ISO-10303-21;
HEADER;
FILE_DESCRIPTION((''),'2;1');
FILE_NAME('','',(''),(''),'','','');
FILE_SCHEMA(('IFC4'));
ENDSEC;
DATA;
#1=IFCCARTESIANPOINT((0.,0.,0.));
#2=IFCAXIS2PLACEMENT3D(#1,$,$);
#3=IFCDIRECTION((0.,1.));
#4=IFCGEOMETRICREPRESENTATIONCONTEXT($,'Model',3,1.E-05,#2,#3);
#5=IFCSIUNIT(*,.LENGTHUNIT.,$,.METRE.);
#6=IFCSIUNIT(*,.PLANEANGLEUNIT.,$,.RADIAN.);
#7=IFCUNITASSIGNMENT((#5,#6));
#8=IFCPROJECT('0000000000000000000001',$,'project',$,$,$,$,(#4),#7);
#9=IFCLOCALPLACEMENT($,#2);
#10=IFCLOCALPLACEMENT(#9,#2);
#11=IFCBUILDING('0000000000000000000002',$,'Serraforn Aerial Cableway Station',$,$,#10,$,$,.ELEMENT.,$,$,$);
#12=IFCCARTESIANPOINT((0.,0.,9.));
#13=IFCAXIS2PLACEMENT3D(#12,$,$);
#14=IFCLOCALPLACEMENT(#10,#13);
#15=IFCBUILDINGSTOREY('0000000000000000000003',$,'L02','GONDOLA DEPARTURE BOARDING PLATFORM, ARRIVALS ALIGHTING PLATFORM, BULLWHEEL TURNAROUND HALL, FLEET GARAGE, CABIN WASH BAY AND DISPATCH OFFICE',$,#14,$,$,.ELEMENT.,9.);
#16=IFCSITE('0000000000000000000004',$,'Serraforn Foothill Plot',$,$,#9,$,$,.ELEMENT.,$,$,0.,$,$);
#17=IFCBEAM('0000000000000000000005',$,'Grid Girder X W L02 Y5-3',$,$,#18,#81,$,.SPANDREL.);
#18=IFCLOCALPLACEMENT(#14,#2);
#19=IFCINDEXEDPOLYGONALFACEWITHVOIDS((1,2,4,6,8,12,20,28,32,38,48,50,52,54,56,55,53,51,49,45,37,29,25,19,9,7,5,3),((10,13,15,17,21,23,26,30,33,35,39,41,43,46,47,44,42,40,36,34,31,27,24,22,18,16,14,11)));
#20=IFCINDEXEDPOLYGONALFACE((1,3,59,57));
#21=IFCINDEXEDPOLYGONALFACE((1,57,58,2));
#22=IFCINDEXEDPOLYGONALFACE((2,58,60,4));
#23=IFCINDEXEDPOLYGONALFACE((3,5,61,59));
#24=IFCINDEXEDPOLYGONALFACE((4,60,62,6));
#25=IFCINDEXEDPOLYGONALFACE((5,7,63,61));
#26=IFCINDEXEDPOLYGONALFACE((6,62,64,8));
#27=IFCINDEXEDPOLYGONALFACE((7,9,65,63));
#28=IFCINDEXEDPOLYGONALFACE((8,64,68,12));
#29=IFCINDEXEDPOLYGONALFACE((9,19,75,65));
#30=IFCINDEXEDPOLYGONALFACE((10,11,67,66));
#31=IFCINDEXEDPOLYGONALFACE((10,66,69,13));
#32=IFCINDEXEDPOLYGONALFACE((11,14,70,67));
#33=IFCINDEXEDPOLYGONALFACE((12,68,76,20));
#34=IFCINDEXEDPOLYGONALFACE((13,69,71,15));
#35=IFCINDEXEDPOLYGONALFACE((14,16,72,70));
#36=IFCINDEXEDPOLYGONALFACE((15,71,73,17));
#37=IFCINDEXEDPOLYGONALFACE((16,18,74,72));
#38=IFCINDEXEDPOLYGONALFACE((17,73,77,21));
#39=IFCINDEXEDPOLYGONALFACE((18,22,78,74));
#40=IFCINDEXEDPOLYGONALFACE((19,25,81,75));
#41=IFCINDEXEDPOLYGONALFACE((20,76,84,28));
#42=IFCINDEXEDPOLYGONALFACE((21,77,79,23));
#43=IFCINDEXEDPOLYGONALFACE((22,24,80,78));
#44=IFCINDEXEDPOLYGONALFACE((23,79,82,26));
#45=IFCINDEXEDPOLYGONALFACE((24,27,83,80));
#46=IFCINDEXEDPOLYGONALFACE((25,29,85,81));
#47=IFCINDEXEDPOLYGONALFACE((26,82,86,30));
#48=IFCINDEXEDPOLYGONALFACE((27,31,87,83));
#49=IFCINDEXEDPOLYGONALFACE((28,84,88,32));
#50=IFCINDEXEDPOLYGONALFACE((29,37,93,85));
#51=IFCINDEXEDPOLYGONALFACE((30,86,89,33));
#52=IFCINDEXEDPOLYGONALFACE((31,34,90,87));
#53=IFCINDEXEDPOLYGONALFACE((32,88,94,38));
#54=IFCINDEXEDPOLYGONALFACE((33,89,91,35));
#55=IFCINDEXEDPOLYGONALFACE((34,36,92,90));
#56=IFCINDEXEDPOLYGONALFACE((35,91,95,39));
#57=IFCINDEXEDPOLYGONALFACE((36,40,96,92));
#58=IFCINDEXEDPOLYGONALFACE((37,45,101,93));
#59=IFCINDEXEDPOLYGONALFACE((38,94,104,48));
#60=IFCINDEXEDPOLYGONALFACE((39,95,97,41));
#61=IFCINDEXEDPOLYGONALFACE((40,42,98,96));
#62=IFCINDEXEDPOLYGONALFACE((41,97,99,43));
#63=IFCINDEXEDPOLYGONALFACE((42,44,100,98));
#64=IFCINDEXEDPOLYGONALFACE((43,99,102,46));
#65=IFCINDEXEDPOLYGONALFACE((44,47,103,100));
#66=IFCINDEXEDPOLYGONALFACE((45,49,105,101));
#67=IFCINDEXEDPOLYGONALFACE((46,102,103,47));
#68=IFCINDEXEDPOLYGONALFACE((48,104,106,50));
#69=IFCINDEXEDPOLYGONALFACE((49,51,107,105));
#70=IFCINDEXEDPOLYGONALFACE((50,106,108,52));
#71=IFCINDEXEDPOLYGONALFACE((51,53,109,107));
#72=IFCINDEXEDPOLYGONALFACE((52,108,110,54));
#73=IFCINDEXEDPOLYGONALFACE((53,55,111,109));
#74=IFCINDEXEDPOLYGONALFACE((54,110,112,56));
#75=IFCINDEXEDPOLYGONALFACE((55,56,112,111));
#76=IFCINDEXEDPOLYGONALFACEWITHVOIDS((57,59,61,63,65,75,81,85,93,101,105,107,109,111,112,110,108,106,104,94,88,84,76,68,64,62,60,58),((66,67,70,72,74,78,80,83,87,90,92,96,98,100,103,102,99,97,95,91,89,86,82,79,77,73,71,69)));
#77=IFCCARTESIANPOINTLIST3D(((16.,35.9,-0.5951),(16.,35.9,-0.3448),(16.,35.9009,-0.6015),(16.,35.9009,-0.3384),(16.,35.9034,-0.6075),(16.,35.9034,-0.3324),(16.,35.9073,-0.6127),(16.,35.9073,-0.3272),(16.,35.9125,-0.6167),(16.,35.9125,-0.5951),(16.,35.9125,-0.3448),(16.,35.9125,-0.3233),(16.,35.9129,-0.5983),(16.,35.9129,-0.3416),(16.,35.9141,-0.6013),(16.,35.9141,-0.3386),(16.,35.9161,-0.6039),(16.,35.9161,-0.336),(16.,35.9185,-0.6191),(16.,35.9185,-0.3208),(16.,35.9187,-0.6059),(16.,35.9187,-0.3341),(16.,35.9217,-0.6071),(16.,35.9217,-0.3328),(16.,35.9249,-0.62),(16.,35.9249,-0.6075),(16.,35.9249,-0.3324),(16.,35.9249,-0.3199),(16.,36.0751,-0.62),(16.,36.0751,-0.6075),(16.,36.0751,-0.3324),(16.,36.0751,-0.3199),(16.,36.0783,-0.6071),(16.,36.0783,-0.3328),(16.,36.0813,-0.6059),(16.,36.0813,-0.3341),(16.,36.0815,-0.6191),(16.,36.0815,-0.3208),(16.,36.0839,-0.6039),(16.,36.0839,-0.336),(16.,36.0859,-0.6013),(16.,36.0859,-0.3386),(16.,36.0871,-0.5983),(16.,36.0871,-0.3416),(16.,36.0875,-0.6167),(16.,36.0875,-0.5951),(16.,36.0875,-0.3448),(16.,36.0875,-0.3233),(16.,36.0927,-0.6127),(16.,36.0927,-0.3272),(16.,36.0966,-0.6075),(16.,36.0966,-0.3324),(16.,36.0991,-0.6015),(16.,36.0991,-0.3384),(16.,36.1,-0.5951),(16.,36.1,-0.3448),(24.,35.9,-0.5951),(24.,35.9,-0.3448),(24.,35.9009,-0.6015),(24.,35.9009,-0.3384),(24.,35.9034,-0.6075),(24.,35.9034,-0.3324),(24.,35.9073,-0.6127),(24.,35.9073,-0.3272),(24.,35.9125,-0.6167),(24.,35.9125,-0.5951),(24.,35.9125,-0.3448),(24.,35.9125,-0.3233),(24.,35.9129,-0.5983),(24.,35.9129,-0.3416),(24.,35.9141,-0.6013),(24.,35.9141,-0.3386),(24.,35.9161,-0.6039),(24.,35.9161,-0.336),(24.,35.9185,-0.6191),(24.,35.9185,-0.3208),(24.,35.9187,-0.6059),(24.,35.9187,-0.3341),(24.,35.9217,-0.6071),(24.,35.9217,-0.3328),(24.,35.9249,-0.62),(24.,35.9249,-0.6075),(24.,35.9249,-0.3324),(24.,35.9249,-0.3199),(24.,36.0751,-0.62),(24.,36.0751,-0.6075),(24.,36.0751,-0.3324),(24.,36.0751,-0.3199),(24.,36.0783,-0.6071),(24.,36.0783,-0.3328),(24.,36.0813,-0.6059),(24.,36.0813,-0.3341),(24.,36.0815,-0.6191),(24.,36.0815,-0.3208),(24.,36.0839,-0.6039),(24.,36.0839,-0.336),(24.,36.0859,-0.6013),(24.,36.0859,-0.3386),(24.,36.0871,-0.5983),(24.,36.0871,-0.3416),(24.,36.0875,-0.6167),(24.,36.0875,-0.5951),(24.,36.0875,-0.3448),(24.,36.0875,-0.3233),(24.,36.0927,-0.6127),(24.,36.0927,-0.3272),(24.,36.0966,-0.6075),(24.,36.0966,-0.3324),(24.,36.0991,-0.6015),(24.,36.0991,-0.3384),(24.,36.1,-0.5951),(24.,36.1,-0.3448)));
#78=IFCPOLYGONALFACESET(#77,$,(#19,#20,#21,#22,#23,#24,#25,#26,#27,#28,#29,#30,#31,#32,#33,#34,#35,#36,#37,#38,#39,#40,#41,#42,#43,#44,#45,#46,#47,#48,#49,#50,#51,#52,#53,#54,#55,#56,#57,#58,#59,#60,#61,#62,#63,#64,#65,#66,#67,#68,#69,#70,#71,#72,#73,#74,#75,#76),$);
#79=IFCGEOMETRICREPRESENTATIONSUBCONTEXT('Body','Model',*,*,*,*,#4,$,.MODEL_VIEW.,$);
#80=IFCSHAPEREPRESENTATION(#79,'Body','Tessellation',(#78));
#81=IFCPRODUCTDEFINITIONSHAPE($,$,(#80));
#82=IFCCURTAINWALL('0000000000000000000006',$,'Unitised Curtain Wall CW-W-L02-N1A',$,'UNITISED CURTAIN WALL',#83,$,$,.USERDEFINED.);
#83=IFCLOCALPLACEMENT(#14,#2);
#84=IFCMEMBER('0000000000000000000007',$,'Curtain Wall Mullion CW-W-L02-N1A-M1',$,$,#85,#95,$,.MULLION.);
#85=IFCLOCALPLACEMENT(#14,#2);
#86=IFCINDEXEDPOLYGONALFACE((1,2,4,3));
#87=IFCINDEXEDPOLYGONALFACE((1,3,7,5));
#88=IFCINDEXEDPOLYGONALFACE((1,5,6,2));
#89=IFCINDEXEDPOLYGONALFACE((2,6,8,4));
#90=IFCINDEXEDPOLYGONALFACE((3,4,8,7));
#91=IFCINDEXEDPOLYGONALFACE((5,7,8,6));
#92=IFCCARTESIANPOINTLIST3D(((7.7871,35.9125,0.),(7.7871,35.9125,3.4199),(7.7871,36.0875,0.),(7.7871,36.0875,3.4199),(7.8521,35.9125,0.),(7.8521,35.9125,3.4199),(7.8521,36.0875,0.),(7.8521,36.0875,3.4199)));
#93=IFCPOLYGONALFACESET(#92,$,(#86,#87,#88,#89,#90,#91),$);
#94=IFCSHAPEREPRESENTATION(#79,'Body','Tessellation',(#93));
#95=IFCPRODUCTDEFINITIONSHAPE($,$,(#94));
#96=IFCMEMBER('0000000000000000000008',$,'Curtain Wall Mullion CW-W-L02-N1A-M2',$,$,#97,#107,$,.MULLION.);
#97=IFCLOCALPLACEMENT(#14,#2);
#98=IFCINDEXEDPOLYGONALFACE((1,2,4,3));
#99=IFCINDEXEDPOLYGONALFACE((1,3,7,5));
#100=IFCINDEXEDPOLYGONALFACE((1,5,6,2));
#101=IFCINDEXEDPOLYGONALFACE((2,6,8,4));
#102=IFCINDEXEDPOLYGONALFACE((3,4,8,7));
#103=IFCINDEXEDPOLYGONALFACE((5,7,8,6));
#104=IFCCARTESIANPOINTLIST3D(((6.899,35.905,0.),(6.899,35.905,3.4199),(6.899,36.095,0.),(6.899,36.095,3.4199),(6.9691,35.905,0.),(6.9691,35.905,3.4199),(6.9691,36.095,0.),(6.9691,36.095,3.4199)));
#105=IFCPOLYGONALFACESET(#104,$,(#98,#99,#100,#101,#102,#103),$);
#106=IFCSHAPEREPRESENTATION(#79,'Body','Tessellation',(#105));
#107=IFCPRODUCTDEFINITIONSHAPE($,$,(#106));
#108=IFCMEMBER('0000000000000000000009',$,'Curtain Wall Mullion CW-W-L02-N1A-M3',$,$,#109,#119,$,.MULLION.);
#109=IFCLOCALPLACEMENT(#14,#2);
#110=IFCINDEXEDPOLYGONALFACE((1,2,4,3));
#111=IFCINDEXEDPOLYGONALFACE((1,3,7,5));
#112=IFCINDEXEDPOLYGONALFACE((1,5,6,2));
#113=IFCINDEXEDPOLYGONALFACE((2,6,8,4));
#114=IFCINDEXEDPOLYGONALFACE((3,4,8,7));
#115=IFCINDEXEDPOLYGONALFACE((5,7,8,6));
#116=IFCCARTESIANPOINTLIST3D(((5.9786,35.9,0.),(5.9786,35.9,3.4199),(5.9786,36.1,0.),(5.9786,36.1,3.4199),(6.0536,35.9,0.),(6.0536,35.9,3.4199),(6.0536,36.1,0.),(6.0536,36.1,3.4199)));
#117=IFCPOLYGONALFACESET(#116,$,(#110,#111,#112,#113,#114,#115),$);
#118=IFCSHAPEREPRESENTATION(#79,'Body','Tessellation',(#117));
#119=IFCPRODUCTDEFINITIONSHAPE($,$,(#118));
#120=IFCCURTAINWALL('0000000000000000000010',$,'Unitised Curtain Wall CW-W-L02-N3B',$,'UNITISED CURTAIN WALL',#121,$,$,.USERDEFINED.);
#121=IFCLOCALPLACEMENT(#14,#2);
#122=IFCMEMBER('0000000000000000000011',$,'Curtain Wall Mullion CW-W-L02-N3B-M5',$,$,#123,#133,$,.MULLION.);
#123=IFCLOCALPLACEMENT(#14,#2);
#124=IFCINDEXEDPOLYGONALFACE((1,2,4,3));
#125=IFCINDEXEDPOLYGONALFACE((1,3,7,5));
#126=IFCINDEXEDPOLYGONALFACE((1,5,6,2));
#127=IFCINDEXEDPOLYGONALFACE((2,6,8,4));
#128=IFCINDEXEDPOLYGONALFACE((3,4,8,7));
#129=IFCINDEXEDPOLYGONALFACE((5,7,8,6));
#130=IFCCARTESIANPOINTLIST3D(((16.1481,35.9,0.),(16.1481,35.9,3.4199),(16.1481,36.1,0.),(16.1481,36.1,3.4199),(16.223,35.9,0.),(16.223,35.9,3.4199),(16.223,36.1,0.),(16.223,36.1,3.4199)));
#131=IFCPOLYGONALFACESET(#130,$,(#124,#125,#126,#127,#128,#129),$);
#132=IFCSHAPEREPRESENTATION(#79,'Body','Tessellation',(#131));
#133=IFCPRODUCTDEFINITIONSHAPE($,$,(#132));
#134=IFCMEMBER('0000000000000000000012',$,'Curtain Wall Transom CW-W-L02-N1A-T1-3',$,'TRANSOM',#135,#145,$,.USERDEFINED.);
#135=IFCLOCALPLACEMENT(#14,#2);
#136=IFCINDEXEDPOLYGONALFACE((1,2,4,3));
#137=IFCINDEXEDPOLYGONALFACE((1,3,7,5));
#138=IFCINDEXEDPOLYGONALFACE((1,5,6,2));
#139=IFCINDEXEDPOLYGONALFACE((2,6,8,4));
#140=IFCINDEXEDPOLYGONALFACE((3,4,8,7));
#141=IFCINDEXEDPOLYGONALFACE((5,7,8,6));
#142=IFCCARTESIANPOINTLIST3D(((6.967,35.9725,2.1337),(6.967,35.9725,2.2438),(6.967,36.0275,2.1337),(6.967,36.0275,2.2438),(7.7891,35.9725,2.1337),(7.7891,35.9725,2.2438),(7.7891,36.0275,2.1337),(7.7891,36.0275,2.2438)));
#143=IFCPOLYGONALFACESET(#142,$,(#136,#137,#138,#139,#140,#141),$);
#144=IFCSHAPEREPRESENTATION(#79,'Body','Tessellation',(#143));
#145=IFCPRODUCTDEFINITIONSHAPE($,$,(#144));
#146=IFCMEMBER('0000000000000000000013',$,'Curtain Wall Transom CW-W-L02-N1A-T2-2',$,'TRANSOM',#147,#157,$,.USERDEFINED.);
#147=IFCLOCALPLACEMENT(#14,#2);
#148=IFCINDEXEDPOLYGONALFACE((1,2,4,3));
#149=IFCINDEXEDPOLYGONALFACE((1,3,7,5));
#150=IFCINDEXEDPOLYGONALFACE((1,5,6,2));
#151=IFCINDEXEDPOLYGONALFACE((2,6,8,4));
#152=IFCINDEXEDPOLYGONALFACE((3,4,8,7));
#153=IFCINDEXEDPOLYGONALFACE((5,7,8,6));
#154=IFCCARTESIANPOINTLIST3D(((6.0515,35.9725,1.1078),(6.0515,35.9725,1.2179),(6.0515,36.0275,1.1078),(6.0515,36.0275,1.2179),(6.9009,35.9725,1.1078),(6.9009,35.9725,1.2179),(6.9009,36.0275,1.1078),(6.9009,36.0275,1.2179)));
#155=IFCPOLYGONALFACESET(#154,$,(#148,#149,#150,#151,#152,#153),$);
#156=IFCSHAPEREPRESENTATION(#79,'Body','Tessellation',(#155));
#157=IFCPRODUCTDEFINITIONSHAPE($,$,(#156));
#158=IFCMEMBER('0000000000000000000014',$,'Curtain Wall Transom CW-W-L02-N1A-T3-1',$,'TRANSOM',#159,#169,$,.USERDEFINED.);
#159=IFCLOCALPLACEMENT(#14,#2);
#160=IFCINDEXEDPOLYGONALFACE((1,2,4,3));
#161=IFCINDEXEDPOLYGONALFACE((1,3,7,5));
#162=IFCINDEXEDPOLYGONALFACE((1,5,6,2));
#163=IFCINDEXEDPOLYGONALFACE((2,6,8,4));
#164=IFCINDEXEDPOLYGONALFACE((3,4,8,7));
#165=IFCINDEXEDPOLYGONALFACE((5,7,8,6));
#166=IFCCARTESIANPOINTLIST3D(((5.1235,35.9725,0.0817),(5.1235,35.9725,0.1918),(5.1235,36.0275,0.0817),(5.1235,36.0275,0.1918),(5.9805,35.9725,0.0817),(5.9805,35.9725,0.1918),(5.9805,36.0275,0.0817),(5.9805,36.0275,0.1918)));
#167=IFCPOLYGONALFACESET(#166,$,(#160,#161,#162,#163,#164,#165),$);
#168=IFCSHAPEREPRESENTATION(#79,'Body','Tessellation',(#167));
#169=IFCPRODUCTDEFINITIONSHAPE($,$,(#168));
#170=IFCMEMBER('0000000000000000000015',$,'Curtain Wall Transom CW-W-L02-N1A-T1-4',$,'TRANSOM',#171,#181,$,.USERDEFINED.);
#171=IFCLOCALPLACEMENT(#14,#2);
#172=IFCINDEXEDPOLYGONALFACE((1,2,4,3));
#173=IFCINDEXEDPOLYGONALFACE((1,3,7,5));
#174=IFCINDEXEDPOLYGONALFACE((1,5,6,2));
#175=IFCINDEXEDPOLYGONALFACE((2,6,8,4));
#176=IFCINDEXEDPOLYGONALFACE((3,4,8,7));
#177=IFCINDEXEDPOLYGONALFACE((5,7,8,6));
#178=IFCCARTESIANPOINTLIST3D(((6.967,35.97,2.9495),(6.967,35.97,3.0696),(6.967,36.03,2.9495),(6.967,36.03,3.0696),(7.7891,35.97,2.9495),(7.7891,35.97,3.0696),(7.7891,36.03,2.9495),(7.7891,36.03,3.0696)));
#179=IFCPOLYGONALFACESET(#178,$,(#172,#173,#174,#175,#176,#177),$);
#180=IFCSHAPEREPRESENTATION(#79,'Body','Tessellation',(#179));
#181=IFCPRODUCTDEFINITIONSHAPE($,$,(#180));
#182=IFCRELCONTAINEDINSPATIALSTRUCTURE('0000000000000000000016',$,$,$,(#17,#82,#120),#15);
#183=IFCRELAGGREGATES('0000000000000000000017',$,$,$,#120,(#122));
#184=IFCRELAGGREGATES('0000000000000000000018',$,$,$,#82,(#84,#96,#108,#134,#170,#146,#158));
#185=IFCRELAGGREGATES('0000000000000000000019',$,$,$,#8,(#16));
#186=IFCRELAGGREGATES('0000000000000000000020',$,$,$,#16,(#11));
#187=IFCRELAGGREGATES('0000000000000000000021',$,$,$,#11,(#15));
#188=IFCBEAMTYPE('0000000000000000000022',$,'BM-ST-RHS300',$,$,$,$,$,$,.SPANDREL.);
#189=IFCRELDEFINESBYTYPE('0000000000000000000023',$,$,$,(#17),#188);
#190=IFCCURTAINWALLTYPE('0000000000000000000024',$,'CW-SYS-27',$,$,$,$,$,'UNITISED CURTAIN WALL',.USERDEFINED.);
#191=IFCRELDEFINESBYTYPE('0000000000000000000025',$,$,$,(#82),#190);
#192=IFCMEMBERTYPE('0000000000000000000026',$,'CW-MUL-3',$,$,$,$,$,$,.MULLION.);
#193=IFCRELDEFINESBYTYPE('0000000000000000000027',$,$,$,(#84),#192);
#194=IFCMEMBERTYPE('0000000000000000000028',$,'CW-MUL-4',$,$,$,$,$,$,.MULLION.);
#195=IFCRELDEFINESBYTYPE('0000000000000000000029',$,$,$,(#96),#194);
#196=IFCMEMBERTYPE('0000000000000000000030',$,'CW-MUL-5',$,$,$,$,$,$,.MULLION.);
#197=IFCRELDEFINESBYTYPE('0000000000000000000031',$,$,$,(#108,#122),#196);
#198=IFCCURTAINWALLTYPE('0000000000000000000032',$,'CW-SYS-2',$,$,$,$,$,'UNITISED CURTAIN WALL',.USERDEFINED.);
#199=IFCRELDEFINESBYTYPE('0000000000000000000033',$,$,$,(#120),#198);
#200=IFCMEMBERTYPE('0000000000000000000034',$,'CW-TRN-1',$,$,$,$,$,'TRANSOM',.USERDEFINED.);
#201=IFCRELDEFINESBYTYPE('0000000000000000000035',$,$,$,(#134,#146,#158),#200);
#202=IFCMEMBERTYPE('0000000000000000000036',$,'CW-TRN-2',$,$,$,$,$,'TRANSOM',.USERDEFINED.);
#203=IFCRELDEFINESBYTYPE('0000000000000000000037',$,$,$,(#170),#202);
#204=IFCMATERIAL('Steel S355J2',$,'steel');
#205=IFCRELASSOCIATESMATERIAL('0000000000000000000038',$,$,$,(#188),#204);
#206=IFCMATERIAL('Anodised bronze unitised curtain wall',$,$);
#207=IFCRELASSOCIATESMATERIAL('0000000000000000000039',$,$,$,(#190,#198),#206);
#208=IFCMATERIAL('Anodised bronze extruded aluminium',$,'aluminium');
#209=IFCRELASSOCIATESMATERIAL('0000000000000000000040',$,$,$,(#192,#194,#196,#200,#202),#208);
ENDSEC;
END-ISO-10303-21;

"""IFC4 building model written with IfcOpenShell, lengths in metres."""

from ifc_helpers import new_model, si_unit, direction, frame, origin, origin_2d, place, context, subcontext, project, spatial, rectangle, hollow_rectangle, extrude, material, material_profile, profile_set, type_object, element, aggregate, save


model = new_model("IFC4")

# Units and contexts
model_context = context("Model", 3, precision=1e-05, world=origin(), true_north=direction((0.0, 1.0)))
body_context = subcontext(model_context, "Body", "Model", "MODEL_VIEW")
ifc_project = project(units=[si_unit("LENGTHUNIT", "METRE"), si_unit("PLANEANGLEUNIT", "RADIAN")], contexts=[model_context])

# Site, building, storey
site_placement = place(None, origin())
site = spatial("IfcSite", under=ifc_project, at=site_placement, Name="Serraforn Foothill Plot", CompositionType="ELEMENT", RefElevation=0.0)
building_placement = place(site_placement, origin())
building = spatial("IfcBuilding", under=site, at=building_placement, Name="Serraforn Aerial Cableway Station", CompositionType="ELEMENT")
storey_placement = place(building_placement, frame((0.0, 0.0, 9.0)))
storey = spatial("IfcBuildingStorey", under=building, at=storey_placement, Name="L02", Description="GONDOLA DEPARTURE BOARDING PLATFORM, ARRIVALS ALIGHTING PLATFORM, BULLWHEEL TURNAROUND HALL, FLEET GARAGE, CABIN WASH BAY AND DISPATCH OFFICE", CompositionType="ELEMENT", Elevation=9.0)

# Shared definitions
ifc_material_1 = material(Name="Steel S355J2", Category="steel")

# Beam
ifc_material_profile_1 = material_profile(ifc_material_1, hollow_rectangle(XDim=0.2, YDim=0.3, WallThickness=0.0125, InnerFilletRadius=0.0125, OuterFilletRadius=0.0249, at=origin_2d()), Name="RHS 300x200x12.5")
ifc_profile_set_1 = profile_set([ifc_material_profile_1], Name="Steel S355J2")
beam_type_1 = type_object("IfcBeamType", Name="BM-ST-RHS300", PredefinedType="SPANDREL", material=ifc_profile_set_1)
beam_1_placement = place(storey_placement, frame((16.0, 36.0, -0.47), z_axis=(1.0, 0.0, 0.0), x_axis=(0.0, 1.0, 0.0)))
element("IfcBeam", 1, at=beam_1_placement, inside=storey, type_object=beam_type_1, Name="Grid Girder X W L02 Y5-3", PredefinedType="SPANDREL", context=body_context, shape_type="SweptSolid", body=[
    extrude(hollow_rectangle(XDim=0.2, YDim=0.3, WallThickness=0.0125, InnerFilletRadius=0.0125, OuterFilletRadius=0.0249, at=origin_2d()), origin(), (0.0, 0.0, 1.0), 8.0),
])

# Curtain wall, members
ifc_material_2 = material(Name="Anodised bronze unitised curtain wall")
curtain_wall_type_1 = type_object("IfcCurtainWallType", Name="CW-SYS-27", ElementType="UNITISED CURTAIN WALL", PredefinedType="USERDEFINED", material=ifc_material_2)
curtain_wall_1_placement = place(storey_placement, origin())
curtain_wall_1 = element("IfcCurtainWall", 2, at=curtain_wall_1_placement, inside=storey, type_object=curtain_wall_type_1, Name="Unitised Curtain Wall CW-W-L02-N1A", ObjectType="UNITISED CURTAIN WALL", PredefinedType="USERDEFINED")
ifc_material_3 = material(Name="Anodised bronze extruded aluminium", Category="aluminium")
ifc_material_profile_2 = material_profile(ifc_material_3, rectangle(XDim=0.0649, YDim=0.175, at=origin_2d()), Name="CW MULLION 65x175")
ifc_profile_set_2 = profile_set([ifc_material_profile_2], Name="Anodised bronze extruded aluminium")
member_type_1 = type_object("IfcMemberType", Name="CW-MUL-3", PredefinedType="MULLION", material=ifc_profile_set_2)
member_1_placement = place(storey_placement, frame((7.8196, 36.0, 0.0), z_axis=(0.0, 0.0, 1.0), x_axis=(-1.0, 0.0, 0.0)))
member_1 = element("IfcMember", 3, at=member_1_placement, type_object=member_type_1, Name="Curtain Wall Mullion CW-W-L02-N1A-M1", PredefinedType="MULLION", context=body_context, shape_type="SweptSolid", body=[
    extrude(rectangle(XDim=0.0649, YDim=0.175, at=origin_2d()), origin(), (0.0, 0.0, 1.0), 3.4199),
])
ifc_material_profile_3 = material_profile(ifc_material_3, rectangle(XDim=0.0701, YDim=0.1899, at=origin_2d()), Name="CW MULLION 70x190")
ifc_profile_set_3 = profile_set([ifc_material_profile_3], Name="Anodised bronze extruded aluminium")
member_type_2 = type_object("IfcMemberType", Name="CW-MUL-4", PredefinedType="MULLION", material=ifc_profile_set_3)
member_2_placement = place(storey_placement, frame((6.9341, 36.0, 0.0), z_axis=(0.0, 0.0, 1.0), x_axis=(-1.0, 0.0, 0.0)))
member_2 = element("IfcMember", 4, at=member_2_placement, type_object=member_type_2, Name="Curtain Wall Mullion CW-W-L02-N1A-M2", PredefinedType="MULLION", context=body_context, shape_type="SweptSolid", body=[
    extrude(rectangle(XDim=0.0701, YDim=0.1899, at=origin_2d()), origin(), (0.0, 0.0, 1.0), 3.4199),
])
ifc_material_profile_4 = material_profile(ifc_material_3, rectangle(XDim=0.075, YDim=0.2, at=origin_2d()), Name="CW MULLION 75x200")
ifc_profile_set_4 = profile_set([ifc_material_profile_4], Name="Anodised bronze extruded aluminium")
member_type_3 = type_object("IfcMemberType", Name="CW-MUL-5", PredefinedType="MULLION", material=ifc_profile_set_4)
member_3_placement = place(storey_placement, frame((6.0161, 36.0, 0.0), z_axis=(0.0, 0.0, 1.0), x_axis=(-1.0, 0.0, 0.0)))
member_3 = element("IfcMember", 5, at=member_3_placement, type_object=member_type_3, Name="Curtain Wall Mullion CW-W-L02-N1A-M3", PredefinedType="MULLION", context=body_context, shape_type="SweptSolid", body=[
    extrude(rectangle(XDim=0.075, YDim=0.2, at=origin_2d()), origin(), (0.0, 0.0, 1.0), 3.4199),
])

# Curtain wall, member
curtain_wall_type_2 = type_object("IfcCurtainWallType", Name="CW-SYS-2", ElementType="UNITISED CURTAIN WALL", PredefinedType="USERDEFINED", material=ifc_material_2)
curtain_wall_2_placement = place(storey_placement, origin())
curtain_wall_2 = element("IfcCurtainWall", 6, at=curtain_wall_2_placement, inside=storey, type_object=curtain_wall_type_2, Name="Unitised Curtain Wall CW-W-L02-N3B", ObjectType="UNITISED CURTAIN WALL", PredefinedType="USERDEFINED")
member_4_placement = place(storey_placement, frame((16.1855, 36.0, 0.0), z_axis=(0.0, 0.0, 1.0), x_axis=(-1.0, 0.0, 0.0)))
member_4 = element("IfcMember", 7, at=member_4_placement, type_object=member_type_3, Name="Curtain Wall Mullion CW-W-L02-N3B-M5", PredefinedType="MULLION", context=body_context, shape_type="SweptSolid", body=[
    extrude(rectangle(XDim=0.075, YDim=0.2, at=origin_2d()), origin(), (0.0, 0.0, 1.0), 3.4199),
])

# Members
ifc_material_profile_5 = material_profile(ifc_material_3, rectangle(XDim=0.0549, YDim=0.1101, at=origin_2d()), Name="CW TRANSOM 55x110")
ifc_profile_set_5 = profile_set([ifc_material_profile_5], Name="Anodised bronze extruded aluminium")
member_type_4 = type_object("IfcMemberType", Name="CW-TRN-1", ElementType="TRANSOM", PredefinedType="USERDEFINED", material=ifc_profile_set_5)
member_5_placement = place(storey_placement, frame((7.7891, 36.0, 2.1887), z_axis=(-1.0, 0.0, 0.0), x_axis=(0.0, -1.0, 0.0)))
member_5 = element("IfcMember", 8, at=member_5_placement, type_object=member_type_4, Name="Curtain Wall Transom CW-W-L02-N1A-T1-3", ObjectType="TRANSOM", PredefinedType="USERDEFINED", context=body_context, shape_type="SweptSolid", body=[
    extrude(rectangle(XDim=0.0549, YDim=0.1101, at=origin_2d()), origin(), (0.0, 0.0, 1.0), 0.822),
])
member_6_placement = place(storey_placement, frame((6.9009, 36.0, 1.1628), z_axis=(-1.0, 0.0, 0.0), x_axis=(0.0, -1.0, 0.0)))
member_6 = element("IfcMember", 9, at=member_6_placement, type_object=member_type_4, Name="Curtain Wall Transom CW-W-L02-N1A-T2-2", ObjectType="TRANSOM", PredefinedType="USERDEFINED", context=body_context, shape_type="SweptSolid", body=[
    extrude(rectangle(XDim=0.0549, YDim=0.1101, at=origin_2d()), origin(), (0.0, 0.0, 1.0), 0.8494),
])
member_7_placement = place(storey_placement, frame((5.9805, 36.0, 0.1367), z_axis=(-1.0, 0.0, 0.0), x_axis=(0.0, -1.0, 0.0)))
member_7 = element("IfcMember", 10, at=member_7_placement, type_object=member_type_4, Name="Curtain Wall Transom CW-W-L02-N1A-T3-1", ObjectType="TRANSOM", PredefinedType="USERDEFINED", context=body_context, shape_type="SweptSolid", body=[
    extrude(rectangle(XDim=0.0549, YDim=0.1101, at=origin_2d()), origin(), (0.0, 0.0, 1.0), 0.8569),
])
ifc_material_profile_6 = material_profile(ifc_material_3, rectangle(XDim=0.0601, YDim=0.1201, at=origin_2d()), Name="CW TRANSOM 60x120")
ifc_profile_set_6 = profile_set([ifc_material_profile_6], Name="Anodised bronze extruded aluminium")
member_type_5 = type_object("IfcMemberType", Name="CW-TRN-2", ElementType="TRANSOM", PredefinedType="USERDEFINED", material=ifc_profile_set_6)
member_8_placement = place(storey_placement, frame((7.7891, 36.0, 3.0095), z_axis=(-1.0, 0.0, 0.0), x_axis=(0.0, -1.0, 0.0)))
member_8 = element("IfcMember", 11, at=member_8_placement, type_object=member_type_5, Name="Curtain Wall Transom CW-W-L02-N1A-T1-4", ObjectType="TRANSOM", PredefinedType="USERDEFINED", context=body_context, shape_type="SweptSolid", body=[
    extrude(rectangle(XDim=0.0601, YDim=0.1201, at=origin_2d()), origin(), (0.0, 0.0, 1.0), 0.822),
])

aggregate(curtain_wall_2, [member_4])
aggregate(curtain_wall_1, [member_1, member_2, member_3, member_5, member_8, member_6, member_7])

save(model, "model.ifc")
